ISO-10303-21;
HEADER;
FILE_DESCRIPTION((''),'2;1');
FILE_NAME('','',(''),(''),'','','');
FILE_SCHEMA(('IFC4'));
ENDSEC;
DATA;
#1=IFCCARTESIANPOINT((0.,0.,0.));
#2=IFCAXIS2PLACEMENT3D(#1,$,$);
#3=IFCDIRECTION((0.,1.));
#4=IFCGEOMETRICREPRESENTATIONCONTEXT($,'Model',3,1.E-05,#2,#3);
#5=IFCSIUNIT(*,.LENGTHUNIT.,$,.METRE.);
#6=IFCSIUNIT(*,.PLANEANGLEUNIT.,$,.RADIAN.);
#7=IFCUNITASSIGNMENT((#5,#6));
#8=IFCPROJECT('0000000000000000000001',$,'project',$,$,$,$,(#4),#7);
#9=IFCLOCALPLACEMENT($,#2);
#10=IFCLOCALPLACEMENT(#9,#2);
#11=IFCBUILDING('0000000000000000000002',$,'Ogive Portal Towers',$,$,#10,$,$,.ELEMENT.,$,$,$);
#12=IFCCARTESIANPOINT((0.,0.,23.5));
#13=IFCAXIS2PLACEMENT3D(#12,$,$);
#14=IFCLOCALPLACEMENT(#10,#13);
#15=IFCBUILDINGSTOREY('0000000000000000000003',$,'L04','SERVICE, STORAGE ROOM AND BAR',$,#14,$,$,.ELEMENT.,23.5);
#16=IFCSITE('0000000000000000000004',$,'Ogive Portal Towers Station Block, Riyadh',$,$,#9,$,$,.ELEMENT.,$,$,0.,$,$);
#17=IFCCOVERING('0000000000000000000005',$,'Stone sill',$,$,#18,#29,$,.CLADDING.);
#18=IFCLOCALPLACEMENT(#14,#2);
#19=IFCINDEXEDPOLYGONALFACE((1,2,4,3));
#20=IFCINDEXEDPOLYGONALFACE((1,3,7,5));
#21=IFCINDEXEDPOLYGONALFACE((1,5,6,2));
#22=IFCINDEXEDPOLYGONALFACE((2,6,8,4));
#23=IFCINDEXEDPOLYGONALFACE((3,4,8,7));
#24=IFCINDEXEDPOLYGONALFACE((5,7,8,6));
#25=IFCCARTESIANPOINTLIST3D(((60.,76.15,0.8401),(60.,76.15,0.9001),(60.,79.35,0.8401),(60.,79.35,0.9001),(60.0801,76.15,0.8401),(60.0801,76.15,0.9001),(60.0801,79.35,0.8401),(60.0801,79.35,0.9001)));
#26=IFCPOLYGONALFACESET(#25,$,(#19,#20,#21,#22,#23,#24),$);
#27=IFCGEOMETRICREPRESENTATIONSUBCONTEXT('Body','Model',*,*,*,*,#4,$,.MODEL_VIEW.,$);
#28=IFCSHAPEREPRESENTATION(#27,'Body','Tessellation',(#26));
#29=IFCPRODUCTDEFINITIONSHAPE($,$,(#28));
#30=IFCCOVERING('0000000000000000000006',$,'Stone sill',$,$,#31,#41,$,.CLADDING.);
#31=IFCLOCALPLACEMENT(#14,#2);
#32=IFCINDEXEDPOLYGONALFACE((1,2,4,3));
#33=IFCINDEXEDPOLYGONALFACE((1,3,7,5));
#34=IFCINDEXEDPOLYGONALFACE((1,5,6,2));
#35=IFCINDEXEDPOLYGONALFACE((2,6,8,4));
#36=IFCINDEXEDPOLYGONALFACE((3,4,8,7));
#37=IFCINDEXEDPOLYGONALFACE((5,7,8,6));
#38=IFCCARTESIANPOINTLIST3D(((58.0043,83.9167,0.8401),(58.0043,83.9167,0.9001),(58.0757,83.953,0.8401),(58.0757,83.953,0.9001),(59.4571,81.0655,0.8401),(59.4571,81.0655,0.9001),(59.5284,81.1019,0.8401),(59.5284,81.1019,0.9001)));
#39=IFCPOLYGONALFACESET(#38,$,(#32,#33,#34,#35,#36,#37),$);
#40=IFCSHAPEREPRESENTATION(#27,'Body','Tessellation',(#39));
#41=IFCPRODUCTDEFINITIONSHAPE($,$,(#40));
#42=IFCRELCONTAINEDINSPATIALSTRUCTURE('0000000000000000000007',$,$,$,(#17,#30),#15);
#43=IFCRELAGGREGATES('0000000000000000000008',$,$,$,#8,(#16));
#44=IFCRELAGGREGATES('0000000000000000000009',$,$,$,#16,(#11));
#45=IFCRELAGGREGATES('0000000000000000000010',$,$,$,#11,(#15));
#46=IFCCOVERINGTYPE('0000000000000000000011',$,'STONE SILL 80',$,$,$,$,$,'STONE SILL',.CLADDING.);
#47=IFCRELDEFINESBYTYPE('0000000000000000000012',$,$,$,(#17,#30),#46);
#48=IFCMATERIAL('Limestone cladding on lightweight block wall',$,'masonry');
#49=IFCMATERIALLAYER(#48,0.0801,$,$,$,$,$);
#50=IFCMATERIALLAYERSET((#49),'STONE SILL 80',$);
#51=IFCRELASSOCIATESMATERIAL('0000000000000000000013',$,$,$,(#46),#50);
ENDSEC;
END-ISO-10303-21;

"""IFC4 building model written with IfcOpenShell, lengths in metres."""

from ifc_helpers import new_model, si_unit, direction, frame, origin, origin_2d, place, context, subcontext, project, spatial, rectangle, extrude, material, layer, layer_set, type_object, element, save


model = new_model("IFC4")

# Units and contexts
model_context = context("Model", 3, precision=1e-05, world=origin(), true_north=direction((0.0, 1.0)))
body_context = subcontext(model_context, "Body", "Model", "MODEL_VIEW")
ifc_project = project(units=[si_unit("LENGTHUNIT", "METRE"), si_unit("PLANEANGLEUNIT", "RADIAN")], contexts=[model_context])

# Site, building, storey
site_placement = place(None, origin())
site = spatial("IfcSite", under=ifc_project, at=site_placement, Name="Ogive Portal Towers Station Block, Riyadh", CompositionType="ELEMENT", RefElevation=0.0)
building_placement = place(site_placement, origin())
building = spatial("IfcBuilding", under=site, at=building_placement, Name="Ogive Portal Towers", CompositionType="ELEMENT")
storey_placement = place(building_placement, frame((0.0, 0.0, 23.5)))
storey = spatial("IfcBuildingStorey", under=building, at=storey_placement, Name="L04", Description="SERVICE, STORAGE ROOM AND BAR", CompositionType="ELEMENT", Elevation=23.5)

# Shared definitions
ifc_material_1 = material(Name="Limestone cladding on lightweight block wall", Category="masonry")

# Coverings
ifc_layer_1 = layer(ifc_material_1, 0.0801)
ifc_layer_set_1 = layer_set([ifc_layer_1], Name="STONE SILL 80")
covering_type = type_object("IfcCoveringType", Name="STONE SILL 80", ElementType="STONE SILL", PredefinedType="CLADDING", material=ifc_layer_set_1)
for number, where, z_axis, x_axis, name in (
    (1, (60.04, 77.75, 0.8401), (0.0, 0.0, 1.0), (0.0, 1.0, 0.0), "Stone sill"),
    (2, (58.7664, 82.5093, 0.8401), (0.0, 0.0, 1.0), (-0.45399, 0.891007, 0.0), "Stone sill"),
):
    element("IfcCovering", number, at=place(storey_placement, frame(where, z_axis=z_axis, x_axis=x_axis)), inside=storey, type_object=covering_type, Name=name, PredefinedType="CLADDING", context=body_context, shape_type="SweptSolid", body=[
        extrude(rectangle(XDim=3.2, YDim=0.0801, at=origin_2d()), origin(), (0.0, 0.0, 1.0), 0.0601),
    ])

save(model, "model.ifc")
